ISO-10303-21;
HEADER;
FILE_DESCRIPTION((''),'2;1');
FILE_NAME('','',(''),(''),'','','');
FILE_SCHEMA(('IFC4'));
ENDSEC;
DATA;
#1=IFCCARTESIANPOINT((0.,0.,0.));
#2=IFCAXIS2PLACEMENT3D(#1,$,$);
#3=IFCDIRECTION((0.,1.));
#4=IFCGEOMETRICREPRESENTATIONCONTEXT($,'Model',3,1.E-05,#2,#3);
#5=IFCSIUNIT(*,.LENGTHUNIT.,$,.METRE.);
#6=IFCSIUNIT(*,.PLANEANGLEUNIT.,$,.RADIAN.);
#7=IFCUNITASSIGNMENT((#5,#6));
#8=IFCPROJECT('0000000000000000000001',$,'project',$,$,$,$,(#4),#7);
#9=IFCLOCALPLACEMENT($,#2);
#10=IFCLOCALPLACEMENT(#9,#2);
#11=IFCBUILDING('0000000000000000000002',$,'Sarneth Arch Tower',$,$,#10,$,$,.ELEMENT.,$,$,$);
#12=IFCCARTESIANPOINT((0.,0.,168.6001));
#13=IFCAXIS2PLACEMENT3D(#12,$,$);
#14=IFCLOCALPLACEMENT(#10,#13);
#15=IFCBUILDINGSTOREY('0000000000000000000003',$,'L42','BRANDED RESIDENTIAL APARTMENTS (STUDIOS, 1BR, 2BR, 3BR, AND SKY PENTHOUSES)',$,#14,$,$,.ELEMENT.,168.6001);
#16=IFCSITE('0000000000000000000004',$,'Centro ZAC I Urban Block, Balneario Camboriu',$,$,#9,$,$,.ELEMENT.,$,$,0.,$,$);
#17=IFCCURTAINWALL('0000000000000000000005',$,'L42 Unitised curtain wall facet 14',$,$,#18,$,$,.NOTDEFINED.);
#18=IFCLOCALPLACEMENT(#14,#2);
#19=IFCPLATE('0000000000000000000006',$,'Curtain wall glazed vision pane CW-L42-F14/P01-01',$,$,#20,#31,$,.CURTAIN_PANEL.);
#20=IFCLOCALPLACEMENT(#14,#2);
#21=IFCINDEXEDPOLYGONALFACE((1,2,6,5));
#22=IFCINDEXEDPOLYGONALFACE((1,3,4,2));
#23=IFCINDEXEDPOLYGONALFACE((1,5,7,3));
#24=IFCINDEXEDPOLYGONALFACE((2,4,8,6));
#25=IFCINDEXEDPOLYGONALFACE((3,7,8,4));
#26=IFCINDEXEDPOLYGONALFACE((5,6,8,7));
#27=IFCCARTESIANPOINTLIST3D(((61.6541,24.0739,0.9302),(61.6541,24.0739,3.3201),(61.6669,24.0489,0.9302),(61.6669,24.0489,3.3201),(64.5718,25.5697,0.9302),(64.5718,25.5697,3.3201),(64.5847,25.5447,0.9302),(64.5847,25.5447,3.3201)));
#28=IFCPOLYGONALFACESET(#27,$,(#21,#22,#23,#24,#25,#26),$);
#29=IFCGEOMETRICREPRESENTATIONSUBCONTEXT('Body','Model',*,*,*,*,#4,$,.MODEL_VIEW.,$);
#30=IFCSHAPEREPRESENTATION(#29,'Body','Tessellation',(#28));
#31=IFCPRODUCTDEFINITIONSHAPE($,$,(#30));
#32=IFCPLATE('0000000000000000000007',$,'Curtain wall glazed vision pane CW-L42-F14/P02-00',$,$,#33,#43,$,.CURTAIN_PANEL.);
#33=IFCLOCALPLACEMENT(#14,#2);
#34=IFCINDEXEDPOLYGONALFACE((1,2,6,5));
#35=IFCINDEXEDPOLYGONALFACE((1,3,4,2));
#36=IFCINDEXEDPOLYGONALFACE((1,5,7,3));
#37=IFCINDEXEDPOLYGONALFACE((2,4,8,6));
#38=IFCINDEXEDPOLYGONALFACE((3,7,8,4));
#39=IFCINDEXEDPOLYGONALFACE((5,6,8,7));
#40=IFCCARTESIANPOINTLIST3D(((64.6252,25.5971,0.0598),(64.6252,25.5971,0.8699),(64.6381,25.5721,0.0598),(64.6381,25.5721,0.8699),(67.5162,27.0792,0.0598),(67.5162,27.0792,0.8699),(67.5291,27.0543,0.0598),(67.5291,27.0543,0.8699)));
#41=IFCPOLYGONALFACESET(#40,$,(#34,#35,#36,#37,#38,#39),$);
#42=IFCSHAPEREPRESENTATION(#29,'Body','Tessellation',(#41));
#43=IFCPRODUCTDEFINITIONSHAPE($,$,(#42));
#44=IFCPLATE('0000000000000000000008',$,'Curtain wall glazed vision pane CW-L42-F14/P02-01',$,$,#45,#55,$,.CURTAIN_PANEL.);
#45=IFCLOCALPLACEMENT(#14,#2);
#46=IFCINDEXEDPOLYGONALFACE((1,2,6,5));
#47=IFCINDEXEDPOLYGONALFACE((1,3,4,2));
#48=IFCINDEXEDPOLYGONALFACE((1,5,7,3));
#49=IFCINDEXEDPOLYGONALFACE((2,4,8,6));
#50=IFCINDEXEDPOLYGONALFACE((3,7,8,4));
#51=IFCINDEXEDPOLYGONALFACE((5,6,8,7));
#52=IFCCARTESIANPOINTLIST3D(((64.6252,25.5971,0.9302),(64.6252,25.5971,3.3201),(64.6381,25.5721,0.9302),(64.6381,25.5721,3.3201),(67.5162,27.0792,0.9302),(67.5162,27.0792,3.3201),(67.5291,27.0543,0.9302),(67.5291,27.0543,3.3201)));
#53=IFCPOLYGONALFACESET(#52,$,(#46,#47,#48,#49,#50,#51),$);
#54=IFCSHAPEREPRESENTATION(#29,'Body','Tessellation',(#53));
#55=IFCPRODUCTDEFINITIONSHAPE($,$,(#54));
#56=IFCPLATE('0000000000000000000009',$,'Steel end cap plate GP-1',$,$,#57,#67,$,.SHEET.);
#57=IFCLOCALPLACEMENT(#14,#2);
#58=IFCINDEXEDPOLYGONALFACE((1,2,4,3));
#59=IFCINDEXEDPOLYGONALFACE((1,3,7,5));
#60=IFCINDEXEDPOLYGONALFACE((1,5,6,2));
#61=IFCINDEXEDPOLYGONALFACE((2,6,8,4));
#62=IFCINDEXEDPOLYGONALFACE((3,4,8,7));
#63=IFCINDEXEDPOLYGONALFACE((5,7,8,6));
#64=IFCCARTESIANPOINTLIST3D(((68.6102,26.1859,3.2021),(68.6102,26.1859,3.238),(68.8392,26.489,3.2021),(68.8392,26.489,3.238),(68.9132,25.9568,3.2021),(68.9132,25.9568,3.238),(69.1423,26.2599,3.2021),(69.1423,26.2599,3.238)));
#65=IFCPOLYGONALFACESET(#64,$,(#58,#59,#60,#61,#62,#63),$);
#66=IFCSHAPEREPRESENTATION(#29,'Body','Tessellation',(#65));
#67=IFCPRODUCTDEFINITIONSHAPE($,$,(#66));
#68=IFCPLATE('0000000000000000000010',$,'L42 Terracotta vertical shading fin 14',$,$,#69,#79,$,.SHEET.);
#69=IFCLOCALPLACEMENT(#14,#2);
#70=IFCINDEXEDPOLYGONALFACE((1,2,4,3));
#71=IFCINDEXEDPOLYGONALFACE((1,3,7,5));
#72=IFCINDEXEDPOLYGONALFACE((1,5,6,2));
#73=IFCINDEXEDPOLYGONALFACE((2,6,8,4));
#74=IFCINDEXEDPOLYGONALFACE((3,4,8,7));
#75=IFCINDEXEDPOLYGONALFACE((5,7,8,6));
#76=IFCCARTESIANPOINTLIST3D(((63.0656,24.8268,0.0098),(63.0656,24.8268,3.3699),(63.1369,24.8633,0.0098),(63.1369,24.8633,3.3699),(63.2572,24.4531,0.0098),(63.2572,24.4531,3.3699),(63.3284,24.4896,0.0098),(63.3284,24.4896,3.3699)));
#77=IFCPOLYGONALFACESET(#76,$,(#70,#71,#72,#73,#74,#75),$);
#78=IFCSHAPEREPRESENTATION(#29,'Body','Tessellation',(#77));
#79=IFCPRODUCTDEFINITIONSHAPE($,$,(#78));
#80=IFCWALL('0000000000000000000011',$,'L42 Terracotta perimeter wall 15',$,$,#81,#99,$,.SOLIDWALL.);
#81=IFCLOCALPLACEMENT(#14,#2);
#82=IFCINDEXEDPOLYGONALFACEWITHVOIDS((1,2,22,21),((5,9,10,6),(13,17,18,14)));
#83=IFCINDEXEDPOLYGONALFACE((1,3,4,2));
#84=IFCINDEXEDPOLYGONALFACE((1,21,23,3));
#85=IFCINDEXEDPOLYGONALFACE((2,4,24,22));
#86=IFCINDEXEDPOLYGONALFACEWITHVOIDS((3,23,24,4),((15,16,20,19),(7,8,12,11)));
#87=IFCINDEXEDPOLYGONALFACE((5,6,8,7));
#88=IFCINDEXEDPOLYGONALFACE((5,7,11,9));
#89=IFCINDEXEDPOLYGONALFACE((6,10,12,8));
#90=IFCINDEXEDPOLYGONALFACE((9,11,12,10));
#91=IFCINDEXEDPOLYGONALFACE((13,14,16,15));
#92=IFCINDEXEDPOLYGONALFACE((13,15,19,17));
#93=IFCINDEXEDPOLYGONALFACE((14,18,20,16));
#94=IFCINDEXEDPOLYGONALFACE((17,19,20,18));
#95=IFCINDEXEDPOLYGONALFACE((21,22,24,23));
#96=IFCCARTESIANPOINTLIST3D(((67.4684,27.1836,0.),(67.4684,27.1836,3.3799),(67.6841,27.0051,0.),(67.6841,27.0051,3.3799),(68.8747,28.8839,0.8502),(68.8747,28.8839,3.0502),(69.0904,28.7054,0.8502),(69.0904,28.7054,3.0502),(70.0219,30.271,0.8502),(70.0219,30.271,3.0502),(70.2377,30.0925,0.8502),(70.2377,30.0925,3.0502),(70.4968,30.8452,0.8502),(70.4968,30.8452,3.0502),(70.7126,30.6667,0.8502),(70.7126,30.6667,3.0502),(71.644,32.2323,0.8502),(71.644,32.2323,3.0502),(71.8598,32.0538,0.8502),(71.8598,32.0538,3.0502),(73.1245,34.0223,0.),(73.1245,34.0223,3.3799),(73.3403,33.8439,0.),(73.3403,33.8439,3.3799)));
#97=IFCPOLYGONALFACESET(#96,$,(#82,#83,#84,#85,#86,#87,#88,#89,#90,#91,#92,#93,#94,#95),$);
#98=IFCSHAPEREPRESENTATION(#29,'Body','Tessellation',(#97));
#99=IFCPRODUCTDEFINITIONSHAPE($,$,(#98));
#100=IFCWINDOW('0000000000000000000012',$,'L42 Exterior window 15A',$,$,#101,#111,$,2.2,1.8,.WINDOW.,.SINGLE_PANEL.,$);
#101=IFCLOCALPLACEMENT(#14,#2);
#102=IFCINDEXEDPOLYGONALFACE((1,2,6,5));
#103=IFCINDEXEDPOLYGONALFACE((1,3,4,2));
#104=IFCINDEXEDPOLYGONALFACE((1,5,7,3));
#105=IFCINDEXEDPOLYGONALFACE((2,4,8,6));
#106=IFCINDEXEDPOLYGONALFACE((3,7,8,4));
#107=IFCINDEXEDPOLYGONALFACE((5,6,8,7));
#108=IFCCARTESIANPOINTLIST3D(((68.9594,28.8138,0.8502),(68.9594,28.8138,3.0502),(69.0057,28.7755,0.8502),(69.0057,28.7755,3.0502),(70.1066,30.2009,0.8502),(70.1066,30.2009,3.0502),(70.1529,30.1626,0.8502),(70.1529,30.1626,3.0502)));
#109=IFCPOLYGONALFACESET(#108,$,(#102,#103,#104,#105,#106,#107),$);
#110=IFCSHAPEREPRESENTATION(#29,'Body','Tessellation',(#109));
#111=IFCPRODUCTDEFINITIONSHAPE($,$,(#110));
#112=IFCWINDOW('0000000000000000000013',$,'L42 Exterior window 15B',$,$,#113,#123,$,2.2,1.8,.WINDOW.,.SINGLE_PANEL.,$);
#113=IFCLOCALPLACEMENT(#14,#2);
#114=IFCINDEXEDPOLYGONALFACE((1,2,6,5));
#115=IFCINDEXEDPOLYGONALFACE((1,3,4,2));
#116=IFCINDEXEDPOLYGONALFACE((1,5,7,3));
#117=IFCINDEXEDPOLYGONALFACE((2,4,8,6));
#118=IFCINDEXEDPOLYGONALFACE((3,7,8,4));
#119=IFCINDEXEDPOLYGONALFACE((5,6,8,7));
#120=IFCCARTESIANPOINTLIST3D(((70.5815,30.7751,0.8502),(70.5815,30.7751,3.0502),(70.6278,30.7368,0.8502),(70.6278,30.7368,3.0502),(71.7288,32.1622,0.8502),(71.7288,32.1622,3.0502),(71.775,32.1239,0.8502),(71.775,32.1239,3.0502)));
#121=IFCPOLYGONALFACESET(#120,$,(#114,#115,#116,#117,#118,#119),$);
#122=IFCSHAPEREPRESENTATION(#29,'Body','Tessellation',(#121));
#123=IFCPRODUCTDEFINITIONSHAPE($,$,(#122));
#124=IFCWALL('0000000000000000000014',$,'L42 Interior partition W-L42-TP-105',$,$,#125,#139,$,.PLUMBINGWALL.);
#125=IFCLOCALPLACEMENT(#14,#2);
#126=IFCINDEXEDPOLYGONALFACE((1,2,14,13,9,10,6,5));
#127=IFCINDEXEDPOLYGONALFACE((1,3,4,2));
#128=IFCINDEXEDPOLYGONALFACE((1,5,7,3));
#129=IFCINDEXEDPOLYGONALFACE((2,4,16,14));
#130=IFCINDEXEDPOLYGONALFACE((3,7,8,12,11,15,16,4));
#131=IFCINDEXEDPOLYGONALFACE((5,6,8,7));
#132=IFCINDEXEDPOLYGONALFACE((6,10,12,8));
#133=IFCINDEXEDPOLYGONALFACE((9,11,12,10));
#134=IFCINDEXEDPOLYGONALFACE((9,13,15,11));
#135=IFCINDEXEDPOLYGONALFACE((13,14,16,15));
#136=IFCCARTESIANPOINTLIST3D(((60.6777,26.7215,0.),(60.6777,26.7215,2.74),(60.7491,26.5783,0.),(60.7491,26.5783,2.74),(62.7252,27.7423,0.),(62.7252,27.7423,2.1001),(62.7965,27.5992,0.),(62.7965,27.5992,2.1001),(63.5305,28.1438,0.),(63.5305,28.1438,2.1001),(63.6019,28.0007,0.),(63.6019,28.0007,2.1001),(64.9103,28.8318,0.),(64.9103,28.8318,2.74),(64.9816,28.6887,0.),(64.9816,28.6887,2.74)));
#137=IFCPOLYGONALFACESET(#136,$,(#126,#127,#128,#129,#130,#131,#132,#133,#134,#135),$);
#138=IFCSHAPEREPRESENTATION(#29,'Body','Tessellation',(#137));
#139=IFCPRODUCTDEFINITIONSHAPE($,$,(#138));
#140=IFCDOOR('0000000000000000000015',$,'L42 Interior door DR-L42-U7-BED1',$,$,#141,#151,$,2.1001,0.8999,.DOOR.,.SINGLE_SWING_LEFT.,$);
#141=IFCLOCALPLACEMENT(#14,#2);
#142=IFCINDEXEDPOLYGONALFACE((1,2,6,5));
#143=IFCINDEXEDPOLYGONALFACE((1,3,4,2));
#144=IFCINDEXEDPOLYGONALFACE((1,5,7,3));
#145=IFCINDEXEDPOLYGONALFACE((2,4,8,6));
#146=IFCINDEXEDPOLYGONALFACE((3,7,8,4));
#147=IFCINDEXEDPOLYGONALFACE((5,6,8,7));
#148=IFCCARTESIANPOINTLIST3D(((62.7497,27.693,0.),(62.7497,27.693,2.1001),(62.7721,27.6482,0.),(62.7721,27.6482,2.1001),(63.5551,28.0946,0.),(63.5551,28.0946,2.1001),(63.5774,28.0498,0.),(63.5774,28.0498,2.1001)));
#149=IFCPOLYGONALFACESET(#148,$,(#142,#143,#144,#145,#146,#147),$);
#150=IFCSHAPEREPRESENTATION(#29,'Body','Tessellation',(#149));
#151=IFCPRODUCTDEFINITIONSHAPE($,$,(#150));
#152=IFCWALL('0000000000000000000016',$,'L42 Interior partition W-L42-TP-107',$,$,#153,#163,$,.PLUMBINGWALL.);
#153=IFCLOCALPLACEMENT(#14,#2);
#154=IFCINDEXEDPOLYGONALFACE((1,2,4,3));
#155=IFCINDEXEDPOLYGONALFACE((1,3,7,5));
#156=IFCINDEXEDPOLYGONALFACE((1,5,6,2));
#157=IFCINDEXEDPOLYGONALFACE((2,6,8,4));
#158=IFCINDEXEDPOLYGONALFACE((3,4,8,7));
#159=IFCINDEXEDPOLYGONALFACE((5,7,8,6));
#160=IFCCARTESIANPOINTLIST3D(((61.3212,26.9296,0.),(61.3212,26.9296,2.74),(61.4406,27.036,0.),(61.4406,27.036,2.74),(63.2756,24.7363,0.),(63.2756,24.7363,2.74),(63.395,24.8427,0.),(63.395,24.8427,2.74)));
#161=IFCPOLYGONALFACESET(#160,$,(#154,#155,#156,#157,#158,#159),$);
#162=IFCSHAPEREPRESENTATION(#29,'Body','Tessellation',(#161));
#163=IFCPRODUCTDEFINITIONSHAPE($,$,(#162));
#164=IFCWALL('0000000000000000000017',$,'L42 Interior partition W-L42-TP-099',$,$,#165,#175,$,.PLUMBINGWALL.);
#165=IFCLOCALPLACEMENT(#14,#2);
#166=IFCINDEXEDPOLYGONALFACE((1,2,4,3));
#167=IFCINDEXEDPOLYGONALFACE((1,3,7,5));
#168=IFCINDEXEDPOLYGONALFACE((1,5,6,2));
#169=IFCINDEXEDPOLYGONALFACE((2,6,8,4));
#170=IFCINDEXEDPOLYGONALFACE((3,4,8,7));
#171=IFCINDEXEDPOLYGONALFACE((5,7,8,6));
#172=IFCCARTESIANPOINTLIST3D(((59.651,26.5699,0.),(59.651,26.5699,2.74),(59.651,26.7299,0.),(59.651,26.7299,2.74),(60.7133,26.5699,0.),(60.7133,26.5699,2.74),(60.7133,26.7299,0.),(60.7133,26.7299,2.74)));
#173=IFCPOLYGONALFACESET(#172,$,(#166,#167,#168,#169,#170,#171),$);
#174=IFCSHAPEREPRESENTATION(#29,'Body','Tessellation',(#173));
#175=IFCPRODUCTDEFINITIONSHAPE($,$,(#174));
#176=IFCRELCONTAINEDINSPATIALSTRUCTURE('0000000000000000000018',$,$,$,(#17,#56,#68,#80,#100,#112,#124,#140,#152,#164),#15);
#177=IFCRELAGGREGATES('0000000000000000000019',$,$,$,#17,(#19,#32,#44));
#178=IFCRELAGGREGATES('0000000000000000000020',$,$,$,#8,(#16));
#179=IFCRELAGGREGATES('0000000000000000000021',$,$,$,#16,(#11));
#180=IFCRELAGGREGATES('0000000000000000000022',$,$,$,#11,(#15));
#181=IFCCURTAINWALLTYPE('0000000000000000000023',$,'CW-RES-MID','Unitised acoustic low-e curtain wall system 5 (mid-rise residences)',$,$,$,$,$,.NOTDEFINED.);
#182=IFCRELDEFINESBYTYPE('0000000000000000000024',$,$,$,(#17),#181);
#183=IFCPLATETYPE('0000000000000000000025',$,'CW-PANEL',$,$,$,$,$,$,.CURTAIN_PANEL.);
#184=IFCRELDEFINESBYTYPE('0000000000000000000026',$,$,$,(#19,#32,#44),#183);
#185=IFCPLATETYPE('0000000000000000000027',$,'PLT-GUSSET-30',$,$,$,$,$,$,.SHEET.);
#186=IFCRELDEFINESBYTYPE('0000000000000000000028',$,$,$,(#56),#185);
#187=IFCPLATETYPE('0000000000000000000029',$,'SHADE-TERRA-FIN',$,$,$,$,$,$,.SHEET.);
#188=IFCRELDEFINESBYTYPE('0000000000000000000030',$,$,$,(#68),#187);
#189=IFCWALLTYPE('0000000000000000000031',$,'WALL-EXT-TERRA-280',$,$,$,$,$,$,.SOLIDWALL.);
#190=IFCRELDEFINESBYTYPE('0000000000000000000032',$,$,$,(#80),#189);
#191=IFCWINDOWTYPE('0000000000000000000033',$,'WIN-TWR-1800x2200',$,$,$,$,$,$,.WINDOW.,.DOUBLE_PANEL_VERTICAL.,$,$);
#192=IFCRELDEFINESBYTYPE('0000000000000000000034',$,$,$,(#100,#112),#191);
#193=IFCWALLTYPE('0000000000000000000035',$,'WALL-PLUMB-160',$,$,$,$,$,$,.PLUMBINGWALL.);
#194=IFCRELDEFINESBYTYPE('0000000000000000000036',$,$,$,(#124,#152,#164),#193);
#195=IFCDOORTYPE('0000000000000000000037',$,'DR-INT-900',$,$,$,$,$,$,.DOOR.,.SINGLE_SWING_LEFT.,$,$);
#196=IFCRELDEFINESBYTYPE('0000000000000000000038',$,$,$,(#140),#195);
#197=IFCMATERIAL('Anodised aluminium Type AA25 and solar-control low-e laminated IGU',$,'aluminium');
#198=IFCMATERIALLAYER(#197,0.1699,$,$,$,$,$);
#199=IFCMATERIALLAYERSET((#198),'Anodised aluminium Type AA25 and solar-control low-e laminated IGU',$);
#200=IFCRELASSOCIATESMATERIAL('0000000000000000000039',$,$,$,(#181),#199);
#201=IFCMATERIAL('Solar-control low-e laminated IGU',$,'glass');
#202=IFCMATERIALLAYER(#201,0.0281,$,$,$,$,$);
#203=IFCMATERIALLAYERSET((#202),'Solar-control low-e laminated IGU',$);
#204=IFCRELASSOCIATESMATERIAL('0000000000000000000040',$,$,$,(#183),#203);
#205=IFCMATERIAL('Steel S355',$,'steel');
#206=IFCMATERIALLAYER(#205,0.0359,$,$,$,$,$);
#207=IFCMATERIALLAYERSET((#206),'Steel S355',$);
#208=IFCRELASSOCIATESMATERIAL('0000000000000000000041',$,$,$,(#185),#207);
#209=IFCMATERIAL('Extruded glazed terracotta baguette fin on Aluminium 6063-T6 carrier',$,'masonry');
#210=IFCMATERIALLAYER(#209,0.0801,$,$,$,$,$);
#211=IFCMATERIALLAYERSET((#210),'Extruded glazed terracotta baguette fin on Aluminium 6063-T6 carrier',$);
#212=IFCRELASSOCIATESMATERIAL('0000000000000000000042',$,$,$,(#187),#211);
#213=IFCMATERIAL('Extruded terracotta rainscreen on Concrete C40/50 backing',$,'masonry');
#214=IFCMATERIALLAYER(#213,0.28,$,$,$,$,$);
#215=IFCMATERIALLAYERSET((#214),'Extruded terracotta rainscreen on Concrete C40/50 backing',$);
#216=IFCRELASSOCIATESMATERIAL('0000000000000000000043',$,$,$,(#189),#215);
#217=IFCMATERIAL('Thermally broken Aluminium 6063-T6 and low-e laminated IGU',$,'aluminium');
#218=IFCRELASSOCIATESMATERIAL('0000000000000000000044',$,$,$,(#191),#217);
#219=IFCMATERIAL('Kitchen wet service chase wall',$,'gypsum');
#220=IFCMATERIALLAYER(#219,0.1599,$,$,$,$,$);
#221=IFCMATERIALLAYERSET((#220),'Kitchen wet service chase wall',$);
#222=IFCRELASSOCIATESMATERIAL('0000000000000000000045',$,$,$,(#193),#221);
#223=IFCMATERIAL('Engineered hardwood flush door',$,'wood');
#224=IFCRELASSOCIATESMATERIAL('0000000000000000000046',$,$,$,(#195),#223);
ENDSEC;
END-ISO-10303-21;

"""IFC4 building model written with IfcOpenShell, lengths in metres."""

from ifc_helpers import new_model, si_unit, direction, frame, frame_2d, origin, origin_2d, place, context, subcontext, project, spatial, rectangle, extrude, material, layer, layer_set, type_object, element, fill, aggregate, save


model = new_model("IFC4")

# Units and contexts
model_context = context("Model", 3, precision=1e-05, world=origin(), true_north=direction((0.0, 1.0)))
body_context = subcontext(model_context, "Body", "Model", "MODEL_VIEW")
ifc_project = project(units=[si_unit("LENGTHUNIT", "METRE"), si_unit("PLANEANGLEUNIT", "RADIAN")], contexts=[model_context])

# Site, building, storey
site_placement = place(None, origin())
site = spatial("IfcSite", under=ifc_project, at=site_placement, Name="Centro ZAC I Urban Block, Balneario Camboriu", CompositionType="ELEMENT", RefElevation=0.0)
building_placement = place(site_placement, origin())
building = spatial("IfcBuilding", under=site, at=building_placement, Name="Sarneth Arch Tower", CompositionType="ELEMENT")
storey_placement = place(building_placement, frame((0.0, 0.0, 168.6001)))
storey = spatial("IfcBuildingStorey", under=building, at=storey_placement, Name="L42", Description="BRANDED RESIDENTIAL APARTMENTS (STUDIOS, 1BR, 2BR, 3BR, AND SKY PENTHOUSES)", CompositionType="ELEMENT", Elevation=168.6001)

# Curtain wall, plates
ifc_material_1 = material(Name="Anodised aluminium Type AA25 and solar-control low-e laminated IGU", Category="aluminium")
ifc_layer_1 = layer(ifc_material_1, 0.1699)
ifc_layer_set_1 = layer_set([ifc_layer_1], Name="Anodised aluminium Type AA25 and solar-control low-e laminated IGU")
curtain_wall_type = type_object("IfcCurtainWallType", Name="CW-RES-MID", Description="Unitised acoustic low-e curtain wall system 5 (mid-rise residences)", PredefinedType="NOTDEFINED", material=ifc_layer_set_1)
curtain_wall_placement = place(storey_placement, origin())
curtain_wall = element("IfcCurtainWall", 1, at=curtain_wall_placement, inside=storey, type_object=curtain_wall_type, Name="L42 Unitised curtain wall facet 14", PredefinedType="NOTDEFINED")
ifc_material_2 = material(Name="Solar-control low-e laminated IGU", Category="glass")
ifc_layer_2 = layer(ifc_material_2, 0.0281)
ifc_layer_set_2 = layer_set([ifc_layer_2], Name="Solar-control low-e laminated IGU")
plate_type_1 = type_object("IfcPlateType", Name="CW-PANEL", PredefinedType="CURTAIN_PANEL", material=ifc_layer_set_2)
plate_1_placement = place(storey_placement, frame((63.1194, 24.8093, 0.9302), z_axis=(0.0, 0.0, 1.0), x_axis=(0.889873, 0.456208, 0.0)))
plate_1 = element("IfcPlate", 2, at=plate_1_placement, type_object=plate_type_1, Name="Curtain wall glazed vision pane CW-L42-F14/P01-01", PredefinedType="CURTAIN_PANEL", context=body_context, shape_type="SweptSolid", body=[
    extrude(rectangle(XDim=3.2788, YDim=0.0281, at=origin_2d()), origin(), (0.0, 0.0, 1.0), 2.3899),
])
plate_2_placement = place(storey_placement, frame((66.0771, 26.3257, 0.0598), z_axis=(0.0, 0.0, 1.0), x_axis=(0.889873, 0.456208, 0.0)))
plate_2 = element("IfcPlate", 3, at=plate_2_placement, type_object=plate_type_1, Name="Curtain wall glazed vision pane CW-L42-F14/P02-00", PredefinedType="CURTAIN_PANEL", context=body_context, shape_type="SweptSolid", body=[
    extrude(rectangle(XDim=3.2488, YDim=0.0281, at=origin_2d()), origin(), (0.0, 0.0, 1.0), 0.8101),
])
plate_3_placement = place(storey_placement, frame((66.0771, 26.3257, 0.9302), z_axis=(0.0, 0.0, 1.0), x_axis=(0.889873, 0.456208, 0.0)))
plate_3 = element("IfcPlate", 4, at=plate_3_placement, type_object=plate_type_1, Name="Curtain wall glazed vision pane CW-L42-F14/P02-01", PredefinedType="CURTAIN_PANEL", context=body_context, shape_type="SweptSolid", body=[
    extrude(rectangle(XDim=3.2488, YDim=0.0281, at=origin_2d()), origin(), (0.0, 0.0, 1.0), 2.3899),
])
aggregate(curtain_wall, [plate_1, plate_2, plate_3])

# Plates
ifc_material_3 = material(Name="Steel S355", Category="steel")
ifc_layer_3 = layer(ifc_material_3, 0.0359)
ifc_layer_set_3 = layer_set([ifc_layer_3], Name="Steel S355")
plate_type_2 = type_object("IfcPlateType", Name="PLT-GUSSET-30", PredefinedType="SHEET", material=ifc_layer_set_3)
plate_4_placement = place(storey_placement, frame((68.8762, 26.2229, 3.2021), z_axis=(0.0, 0.0, 1.0), x_axis=(0.797794, -0.60293, 0.0)))
element("IfcPlate", 5, at=plate_4_placement, inside=storey, type_object=plate_type_2, Name="Steel end cap plate GP-1", PredefinedType="SHEET", context=body_context, shape_type="SweptSolid", body=[
    extrude(rectangle(XDim=0.3799, YDim=0.3799, at=origin_2d()), origin(), (0.0, 0.0, 1.0), 0.0359),
])
ifc_material_4 = material(Name="Extruded glazed terracotta baguette fin on Aluminium 6063-T6 carrier", Category="masonry")
ifc_layer_4 = layer(ifc_material_4, 0.0801)
ifc_layer_set_4 = layer_set([ifc_layer_4], Name="Extruded glazed terracotta baguette fin on Aluminium 6063-T6 carrier")
plate_type_3 = type_object("IfcPlateType", Name="SHADE-TERRA-FIN", PredefinedType="SHEET", material=ifc_layer_set_4)
plate_5_placement = place(storey_placement, frame((63.197, 24.6582, 0.0098), z_axis=(0.0, 0.0, 1.0), x_axis=(0.456166, -0.889895, 0.0)))
element("IfcPlate", 6, at=plate_5_placement, inside=storey, type_object=plate_type_3, Name="L42 Terracotta vertical shading fin 14", PredefinedType="SHEET", context=body_context, shape_type="SweptSolid", body=[
    extrude(rectangle(XDim=0.4199, YDim=0.0801, at=origin_2d()), origin(), (0.0, 0.0, 1.0), 3.3601),
])

# Wall, openings, windows
ifc_material_5 = material(Name="Extruded terracotta rainscreen on Concrete C40/50 backing", Category="masonry")
ifc_layer_5 = layer(ifc_material_5, 0.28)
ifc_layer_set_5 = layer_set([ifc_layer_5], Name="Extruded terracotta rainscreen on Concrete C40/50 backing")
wall_type_1 = type_object("IfcWallType", Name="WALL-EXT-TERRA-280", PredefinedType="SOLIDWALL", material=ifc_layer_set_5)
wall_1_placement = place(storey_placement, frame((67.5762, 27.0942, 0.0), z_axis=(0.0, 0.0, 1.0), x_axis=(0.637333, 0.770588, 0.0)))
wall_1 = element("IfcWall", 7, at=wall_1_placement, inside=storey, type_object=wall_type_1, Name="L42 Terracotta perimeter wall 15", PredefinedType="SOLIDWALL", context=body_context, shape_type="SweptSolid", body=[
    extrude(rectangle(XDim=8.8748, YDim=0.28, at=frame_2d((4.4375, 0.0))), origin(), (0.0, 0.0, 1.0), 3.3799),
])
opening_1_placement = place(wall_1_placement, frame((2.2068, 0.0, 0.8501)))
opening_1 = element("IfcOpeningElement", 8, at=opening_1_placement, cuts=wall_1, PredefinedType="OPENING", context=body_context, shape_type="SweptSolid", body=[
    extrude(rectangle(XDim=1.8, YDim=2.2, at=frame_2d((0.8999, 1.1001))), frame((0.0, 0.1499, 0.0), z_axis=(0.0, -1.0, 0.0), x_axis=(1.0, 0.0, 0.0)), (0.0, 0.0, 1.0), 0.3),
])
opening_2_placement = place(wall_1_placement, frame((4.752, 0.0, 0.8501)))
opening_2 = element("IfcOpeningElement", 9, at=opening_2_placement, cuts=wall_1, PredefinedType="OPENING", context=body_context, shape_type="SweptSolid", body=[
    extrude(rectangle(XDim=1.8, YDim=2.2, at=frame_2d((0.8999, 1.1001))), frame((0.0, 0.1499, 0.0), z_axis=(0.0, -1.0, 0.0), x_axis=(1.0, 0.0, 0.0)), (0.0, 0.0, 1.0), 0.3),
])
ifc_material_6 = material(Name="Thermally broken Aluminium 6063-T6 and low-e laminated IGU", Category="aluminium")
window_type = type_object("IfcWindowType", Name="WIN-TWR-1800x2200", PartitioningType="DOUBLE_PANEL_VERTICAL", PredefinedType="WINDOW", material=ifc_material_6)
window_1_placement = place(opening_1_placement, origin())
window_1 = element("IfcWindow", 10, at=window_1_placement, inside=storey, type_object=window_type, Name="L42 Exterior window 15A", OverallHeight=2.2, OverallWidth=1.8, PartitioningType="SINGLE_PANEL", PredefinedType="WINDOW", context=body_context, shape_type="SweptSolid", body=[
    extrude(rectangle(XDim=1.8, YDim=2.2, at=frame_2d((0.8999, 1.1001))), frame((0.0, 0.03, 0.0), z_axis=(0.0, -1.0, 0.0), x_axis=(1.0, 0.0, 0.0)), (0.0, 0.0, 1.0), 0.0601),
])
fill(opening_1, window_1)
window_2_placement = place(opening_2_placement, origin())
window_2 = element("IfcWindow", 11, at=window_2_placement, inside=storey, type_object=window_type, Name="L42 Exterior window 15B", OverallHeight=2.2, OverallWidth=1.8, PartitioningType="SINGLE_PANEL", PredefinedType="WINDOW", context=body_context, shape_type="SweptSolid", body=[
    extrude(rectangle(XDim=1.8, YDim=2.2, at=frame_2d((0.8999, 1.1001))), frame((0.0, 0.03, 0.0), z_axis=(0.0, -1.0, 0.0), x_axis=(1.0, 0.0, 0.0)), (0.0, 0.0, 1.0), 0.0601),
])
fill(opening_2, window_2)

# Wall, opening, door
ifc_material_7 = material(Name="Kitchen wet service chase wall", Category="gypsum")
ifc_layer_6 = layer(ifc_material_7, 0.1599)
ifc_layer_set_6 = layer_set([ifc_layer_6], Name="Kitchen wet service chase wall")
wall_type_2 = type_object("IfcWallType", Name="WALL-PLUMB-160", PredefinedType="PLUMBINGWALL", material=ifc_layer_set_6)
wall_2_placement = place(storey_placement, frame((60.7134, 26.6499, 0.0), z_axis=(0.0, 0.0, 1.0), x_axis=(0.894932, 0.446202, 0.0)))
wall_2 = element("IfcWall", 12, at=wall_2_placement, inside=storey, type_object=wall_type_2, Name="L42 Interior partition W-L42-TP-105", PredefinedType="PLUMBINGWALL", context=body_context, shape_type="SweptSolid", body=[
    extrude(rectangle(XDim=4.7295, YDim=0.1599, at=frame_2d((2.3647, 0.0))), origin(), (0.0, 0.0, 1.0), 2.74),
])
opening_3_placement = place(wall_2_placement, frame((2.2878, 0.0, 0.0)))
opening_3 = element("IfcOpeningElement", 13, at=opening_3_placement, cuts=wall_2, PredefinedType="OPENING", context=body_context, shape_type="SweptSolid", body=[
    extrude(rectangle(XDim=0.8999, YDim=2.1001, at=frame_2d((0.45, 1.05))), frame((0.0, 0.0898, 0.0), z_axis=(0.0, -1.0, 0.0), x_axis=(1.0, 0.0, 0.0)), (0.0, 0.0, 1.0), 0.1799),
])
ifc_material_8 = material(Name="Engineered hardwood flush door", Category="wood")
door_type = type_object("IfcDoorType", Name="DR-INT-900", OperationType="SINGLE_SWING_LEFT", PredefinedType="DOOR", material=ifc_material_8)
door_placement = place(opening_3_placement, origin())
door = element("IfcDoor", 14, at=door_placement, inside=storey, type_object=door_type, Name="L42 Interior door DR-L42-U7-BED1", OperationType="SINGLE_SWING_LEFT", OverallHeight=2.1001, OverallWidth=0.8999, PredefinedType="DOOR", context=body_context, shape_type="SweptSolid", body=[
    extrude(rectangle(XDim=0.8999, YDim=2.1001, at=frame_2d((0.45, 1.05))), frame((0.0, 0.0249, 0.0), z_axis=(0.0, -1.0, 0.0), x_axis=(1.0, 0.0, 0.0)), (0.0, 0.0, 1.0), 0.05),
])
fill(opening_3, door)

# Walls
wall_3_placement = place(storey_placement, frame((63.3352, 24.7896, 0.0), z_axis=(0.0, 0.0, 1.0), x_axis=(-0.665256, 0.746616, 0.0)))
element("IfcWall", 15, at=wall_3_placement, inside=storey, type_object=wall_type_2, Name="L42 Interior partition W-L42-TP-107", PredefinedType="PLUMBINGWALL", context=body_context, shape_type="SweptSolid", body=[
    extrude(rectangle(XDim=2.9377, YDim=0.1599, at=frame_2d((1.4688, 0.0))), origin(), (0.0, 0.0, 1.0), 2.74),
])
wall_4_placement = place(storey_placement, frame((60.7134, 26.6499, 0.0), z_axis=(0.0, 0.0, 1.0), x_axis=(-1.0, 0.0, 0.0)))
element("IfcWall", 16, at=wall_4_placement, inside=storey, type_object=wall_type_2, Name="L42 Interior partition W-L42-TP-099", PredefinedType="PLUMBINGWALL", context=body_context, shape_type="SweptSolid", body=[
    extrude(rectangle(XDim=1.0623, YDim=0.1599, at=frame_2d((0.5312, 0.0))), origin(), (0.0, 0.0, 1.0), 2.74),
])

save(model, "model.ifc")
